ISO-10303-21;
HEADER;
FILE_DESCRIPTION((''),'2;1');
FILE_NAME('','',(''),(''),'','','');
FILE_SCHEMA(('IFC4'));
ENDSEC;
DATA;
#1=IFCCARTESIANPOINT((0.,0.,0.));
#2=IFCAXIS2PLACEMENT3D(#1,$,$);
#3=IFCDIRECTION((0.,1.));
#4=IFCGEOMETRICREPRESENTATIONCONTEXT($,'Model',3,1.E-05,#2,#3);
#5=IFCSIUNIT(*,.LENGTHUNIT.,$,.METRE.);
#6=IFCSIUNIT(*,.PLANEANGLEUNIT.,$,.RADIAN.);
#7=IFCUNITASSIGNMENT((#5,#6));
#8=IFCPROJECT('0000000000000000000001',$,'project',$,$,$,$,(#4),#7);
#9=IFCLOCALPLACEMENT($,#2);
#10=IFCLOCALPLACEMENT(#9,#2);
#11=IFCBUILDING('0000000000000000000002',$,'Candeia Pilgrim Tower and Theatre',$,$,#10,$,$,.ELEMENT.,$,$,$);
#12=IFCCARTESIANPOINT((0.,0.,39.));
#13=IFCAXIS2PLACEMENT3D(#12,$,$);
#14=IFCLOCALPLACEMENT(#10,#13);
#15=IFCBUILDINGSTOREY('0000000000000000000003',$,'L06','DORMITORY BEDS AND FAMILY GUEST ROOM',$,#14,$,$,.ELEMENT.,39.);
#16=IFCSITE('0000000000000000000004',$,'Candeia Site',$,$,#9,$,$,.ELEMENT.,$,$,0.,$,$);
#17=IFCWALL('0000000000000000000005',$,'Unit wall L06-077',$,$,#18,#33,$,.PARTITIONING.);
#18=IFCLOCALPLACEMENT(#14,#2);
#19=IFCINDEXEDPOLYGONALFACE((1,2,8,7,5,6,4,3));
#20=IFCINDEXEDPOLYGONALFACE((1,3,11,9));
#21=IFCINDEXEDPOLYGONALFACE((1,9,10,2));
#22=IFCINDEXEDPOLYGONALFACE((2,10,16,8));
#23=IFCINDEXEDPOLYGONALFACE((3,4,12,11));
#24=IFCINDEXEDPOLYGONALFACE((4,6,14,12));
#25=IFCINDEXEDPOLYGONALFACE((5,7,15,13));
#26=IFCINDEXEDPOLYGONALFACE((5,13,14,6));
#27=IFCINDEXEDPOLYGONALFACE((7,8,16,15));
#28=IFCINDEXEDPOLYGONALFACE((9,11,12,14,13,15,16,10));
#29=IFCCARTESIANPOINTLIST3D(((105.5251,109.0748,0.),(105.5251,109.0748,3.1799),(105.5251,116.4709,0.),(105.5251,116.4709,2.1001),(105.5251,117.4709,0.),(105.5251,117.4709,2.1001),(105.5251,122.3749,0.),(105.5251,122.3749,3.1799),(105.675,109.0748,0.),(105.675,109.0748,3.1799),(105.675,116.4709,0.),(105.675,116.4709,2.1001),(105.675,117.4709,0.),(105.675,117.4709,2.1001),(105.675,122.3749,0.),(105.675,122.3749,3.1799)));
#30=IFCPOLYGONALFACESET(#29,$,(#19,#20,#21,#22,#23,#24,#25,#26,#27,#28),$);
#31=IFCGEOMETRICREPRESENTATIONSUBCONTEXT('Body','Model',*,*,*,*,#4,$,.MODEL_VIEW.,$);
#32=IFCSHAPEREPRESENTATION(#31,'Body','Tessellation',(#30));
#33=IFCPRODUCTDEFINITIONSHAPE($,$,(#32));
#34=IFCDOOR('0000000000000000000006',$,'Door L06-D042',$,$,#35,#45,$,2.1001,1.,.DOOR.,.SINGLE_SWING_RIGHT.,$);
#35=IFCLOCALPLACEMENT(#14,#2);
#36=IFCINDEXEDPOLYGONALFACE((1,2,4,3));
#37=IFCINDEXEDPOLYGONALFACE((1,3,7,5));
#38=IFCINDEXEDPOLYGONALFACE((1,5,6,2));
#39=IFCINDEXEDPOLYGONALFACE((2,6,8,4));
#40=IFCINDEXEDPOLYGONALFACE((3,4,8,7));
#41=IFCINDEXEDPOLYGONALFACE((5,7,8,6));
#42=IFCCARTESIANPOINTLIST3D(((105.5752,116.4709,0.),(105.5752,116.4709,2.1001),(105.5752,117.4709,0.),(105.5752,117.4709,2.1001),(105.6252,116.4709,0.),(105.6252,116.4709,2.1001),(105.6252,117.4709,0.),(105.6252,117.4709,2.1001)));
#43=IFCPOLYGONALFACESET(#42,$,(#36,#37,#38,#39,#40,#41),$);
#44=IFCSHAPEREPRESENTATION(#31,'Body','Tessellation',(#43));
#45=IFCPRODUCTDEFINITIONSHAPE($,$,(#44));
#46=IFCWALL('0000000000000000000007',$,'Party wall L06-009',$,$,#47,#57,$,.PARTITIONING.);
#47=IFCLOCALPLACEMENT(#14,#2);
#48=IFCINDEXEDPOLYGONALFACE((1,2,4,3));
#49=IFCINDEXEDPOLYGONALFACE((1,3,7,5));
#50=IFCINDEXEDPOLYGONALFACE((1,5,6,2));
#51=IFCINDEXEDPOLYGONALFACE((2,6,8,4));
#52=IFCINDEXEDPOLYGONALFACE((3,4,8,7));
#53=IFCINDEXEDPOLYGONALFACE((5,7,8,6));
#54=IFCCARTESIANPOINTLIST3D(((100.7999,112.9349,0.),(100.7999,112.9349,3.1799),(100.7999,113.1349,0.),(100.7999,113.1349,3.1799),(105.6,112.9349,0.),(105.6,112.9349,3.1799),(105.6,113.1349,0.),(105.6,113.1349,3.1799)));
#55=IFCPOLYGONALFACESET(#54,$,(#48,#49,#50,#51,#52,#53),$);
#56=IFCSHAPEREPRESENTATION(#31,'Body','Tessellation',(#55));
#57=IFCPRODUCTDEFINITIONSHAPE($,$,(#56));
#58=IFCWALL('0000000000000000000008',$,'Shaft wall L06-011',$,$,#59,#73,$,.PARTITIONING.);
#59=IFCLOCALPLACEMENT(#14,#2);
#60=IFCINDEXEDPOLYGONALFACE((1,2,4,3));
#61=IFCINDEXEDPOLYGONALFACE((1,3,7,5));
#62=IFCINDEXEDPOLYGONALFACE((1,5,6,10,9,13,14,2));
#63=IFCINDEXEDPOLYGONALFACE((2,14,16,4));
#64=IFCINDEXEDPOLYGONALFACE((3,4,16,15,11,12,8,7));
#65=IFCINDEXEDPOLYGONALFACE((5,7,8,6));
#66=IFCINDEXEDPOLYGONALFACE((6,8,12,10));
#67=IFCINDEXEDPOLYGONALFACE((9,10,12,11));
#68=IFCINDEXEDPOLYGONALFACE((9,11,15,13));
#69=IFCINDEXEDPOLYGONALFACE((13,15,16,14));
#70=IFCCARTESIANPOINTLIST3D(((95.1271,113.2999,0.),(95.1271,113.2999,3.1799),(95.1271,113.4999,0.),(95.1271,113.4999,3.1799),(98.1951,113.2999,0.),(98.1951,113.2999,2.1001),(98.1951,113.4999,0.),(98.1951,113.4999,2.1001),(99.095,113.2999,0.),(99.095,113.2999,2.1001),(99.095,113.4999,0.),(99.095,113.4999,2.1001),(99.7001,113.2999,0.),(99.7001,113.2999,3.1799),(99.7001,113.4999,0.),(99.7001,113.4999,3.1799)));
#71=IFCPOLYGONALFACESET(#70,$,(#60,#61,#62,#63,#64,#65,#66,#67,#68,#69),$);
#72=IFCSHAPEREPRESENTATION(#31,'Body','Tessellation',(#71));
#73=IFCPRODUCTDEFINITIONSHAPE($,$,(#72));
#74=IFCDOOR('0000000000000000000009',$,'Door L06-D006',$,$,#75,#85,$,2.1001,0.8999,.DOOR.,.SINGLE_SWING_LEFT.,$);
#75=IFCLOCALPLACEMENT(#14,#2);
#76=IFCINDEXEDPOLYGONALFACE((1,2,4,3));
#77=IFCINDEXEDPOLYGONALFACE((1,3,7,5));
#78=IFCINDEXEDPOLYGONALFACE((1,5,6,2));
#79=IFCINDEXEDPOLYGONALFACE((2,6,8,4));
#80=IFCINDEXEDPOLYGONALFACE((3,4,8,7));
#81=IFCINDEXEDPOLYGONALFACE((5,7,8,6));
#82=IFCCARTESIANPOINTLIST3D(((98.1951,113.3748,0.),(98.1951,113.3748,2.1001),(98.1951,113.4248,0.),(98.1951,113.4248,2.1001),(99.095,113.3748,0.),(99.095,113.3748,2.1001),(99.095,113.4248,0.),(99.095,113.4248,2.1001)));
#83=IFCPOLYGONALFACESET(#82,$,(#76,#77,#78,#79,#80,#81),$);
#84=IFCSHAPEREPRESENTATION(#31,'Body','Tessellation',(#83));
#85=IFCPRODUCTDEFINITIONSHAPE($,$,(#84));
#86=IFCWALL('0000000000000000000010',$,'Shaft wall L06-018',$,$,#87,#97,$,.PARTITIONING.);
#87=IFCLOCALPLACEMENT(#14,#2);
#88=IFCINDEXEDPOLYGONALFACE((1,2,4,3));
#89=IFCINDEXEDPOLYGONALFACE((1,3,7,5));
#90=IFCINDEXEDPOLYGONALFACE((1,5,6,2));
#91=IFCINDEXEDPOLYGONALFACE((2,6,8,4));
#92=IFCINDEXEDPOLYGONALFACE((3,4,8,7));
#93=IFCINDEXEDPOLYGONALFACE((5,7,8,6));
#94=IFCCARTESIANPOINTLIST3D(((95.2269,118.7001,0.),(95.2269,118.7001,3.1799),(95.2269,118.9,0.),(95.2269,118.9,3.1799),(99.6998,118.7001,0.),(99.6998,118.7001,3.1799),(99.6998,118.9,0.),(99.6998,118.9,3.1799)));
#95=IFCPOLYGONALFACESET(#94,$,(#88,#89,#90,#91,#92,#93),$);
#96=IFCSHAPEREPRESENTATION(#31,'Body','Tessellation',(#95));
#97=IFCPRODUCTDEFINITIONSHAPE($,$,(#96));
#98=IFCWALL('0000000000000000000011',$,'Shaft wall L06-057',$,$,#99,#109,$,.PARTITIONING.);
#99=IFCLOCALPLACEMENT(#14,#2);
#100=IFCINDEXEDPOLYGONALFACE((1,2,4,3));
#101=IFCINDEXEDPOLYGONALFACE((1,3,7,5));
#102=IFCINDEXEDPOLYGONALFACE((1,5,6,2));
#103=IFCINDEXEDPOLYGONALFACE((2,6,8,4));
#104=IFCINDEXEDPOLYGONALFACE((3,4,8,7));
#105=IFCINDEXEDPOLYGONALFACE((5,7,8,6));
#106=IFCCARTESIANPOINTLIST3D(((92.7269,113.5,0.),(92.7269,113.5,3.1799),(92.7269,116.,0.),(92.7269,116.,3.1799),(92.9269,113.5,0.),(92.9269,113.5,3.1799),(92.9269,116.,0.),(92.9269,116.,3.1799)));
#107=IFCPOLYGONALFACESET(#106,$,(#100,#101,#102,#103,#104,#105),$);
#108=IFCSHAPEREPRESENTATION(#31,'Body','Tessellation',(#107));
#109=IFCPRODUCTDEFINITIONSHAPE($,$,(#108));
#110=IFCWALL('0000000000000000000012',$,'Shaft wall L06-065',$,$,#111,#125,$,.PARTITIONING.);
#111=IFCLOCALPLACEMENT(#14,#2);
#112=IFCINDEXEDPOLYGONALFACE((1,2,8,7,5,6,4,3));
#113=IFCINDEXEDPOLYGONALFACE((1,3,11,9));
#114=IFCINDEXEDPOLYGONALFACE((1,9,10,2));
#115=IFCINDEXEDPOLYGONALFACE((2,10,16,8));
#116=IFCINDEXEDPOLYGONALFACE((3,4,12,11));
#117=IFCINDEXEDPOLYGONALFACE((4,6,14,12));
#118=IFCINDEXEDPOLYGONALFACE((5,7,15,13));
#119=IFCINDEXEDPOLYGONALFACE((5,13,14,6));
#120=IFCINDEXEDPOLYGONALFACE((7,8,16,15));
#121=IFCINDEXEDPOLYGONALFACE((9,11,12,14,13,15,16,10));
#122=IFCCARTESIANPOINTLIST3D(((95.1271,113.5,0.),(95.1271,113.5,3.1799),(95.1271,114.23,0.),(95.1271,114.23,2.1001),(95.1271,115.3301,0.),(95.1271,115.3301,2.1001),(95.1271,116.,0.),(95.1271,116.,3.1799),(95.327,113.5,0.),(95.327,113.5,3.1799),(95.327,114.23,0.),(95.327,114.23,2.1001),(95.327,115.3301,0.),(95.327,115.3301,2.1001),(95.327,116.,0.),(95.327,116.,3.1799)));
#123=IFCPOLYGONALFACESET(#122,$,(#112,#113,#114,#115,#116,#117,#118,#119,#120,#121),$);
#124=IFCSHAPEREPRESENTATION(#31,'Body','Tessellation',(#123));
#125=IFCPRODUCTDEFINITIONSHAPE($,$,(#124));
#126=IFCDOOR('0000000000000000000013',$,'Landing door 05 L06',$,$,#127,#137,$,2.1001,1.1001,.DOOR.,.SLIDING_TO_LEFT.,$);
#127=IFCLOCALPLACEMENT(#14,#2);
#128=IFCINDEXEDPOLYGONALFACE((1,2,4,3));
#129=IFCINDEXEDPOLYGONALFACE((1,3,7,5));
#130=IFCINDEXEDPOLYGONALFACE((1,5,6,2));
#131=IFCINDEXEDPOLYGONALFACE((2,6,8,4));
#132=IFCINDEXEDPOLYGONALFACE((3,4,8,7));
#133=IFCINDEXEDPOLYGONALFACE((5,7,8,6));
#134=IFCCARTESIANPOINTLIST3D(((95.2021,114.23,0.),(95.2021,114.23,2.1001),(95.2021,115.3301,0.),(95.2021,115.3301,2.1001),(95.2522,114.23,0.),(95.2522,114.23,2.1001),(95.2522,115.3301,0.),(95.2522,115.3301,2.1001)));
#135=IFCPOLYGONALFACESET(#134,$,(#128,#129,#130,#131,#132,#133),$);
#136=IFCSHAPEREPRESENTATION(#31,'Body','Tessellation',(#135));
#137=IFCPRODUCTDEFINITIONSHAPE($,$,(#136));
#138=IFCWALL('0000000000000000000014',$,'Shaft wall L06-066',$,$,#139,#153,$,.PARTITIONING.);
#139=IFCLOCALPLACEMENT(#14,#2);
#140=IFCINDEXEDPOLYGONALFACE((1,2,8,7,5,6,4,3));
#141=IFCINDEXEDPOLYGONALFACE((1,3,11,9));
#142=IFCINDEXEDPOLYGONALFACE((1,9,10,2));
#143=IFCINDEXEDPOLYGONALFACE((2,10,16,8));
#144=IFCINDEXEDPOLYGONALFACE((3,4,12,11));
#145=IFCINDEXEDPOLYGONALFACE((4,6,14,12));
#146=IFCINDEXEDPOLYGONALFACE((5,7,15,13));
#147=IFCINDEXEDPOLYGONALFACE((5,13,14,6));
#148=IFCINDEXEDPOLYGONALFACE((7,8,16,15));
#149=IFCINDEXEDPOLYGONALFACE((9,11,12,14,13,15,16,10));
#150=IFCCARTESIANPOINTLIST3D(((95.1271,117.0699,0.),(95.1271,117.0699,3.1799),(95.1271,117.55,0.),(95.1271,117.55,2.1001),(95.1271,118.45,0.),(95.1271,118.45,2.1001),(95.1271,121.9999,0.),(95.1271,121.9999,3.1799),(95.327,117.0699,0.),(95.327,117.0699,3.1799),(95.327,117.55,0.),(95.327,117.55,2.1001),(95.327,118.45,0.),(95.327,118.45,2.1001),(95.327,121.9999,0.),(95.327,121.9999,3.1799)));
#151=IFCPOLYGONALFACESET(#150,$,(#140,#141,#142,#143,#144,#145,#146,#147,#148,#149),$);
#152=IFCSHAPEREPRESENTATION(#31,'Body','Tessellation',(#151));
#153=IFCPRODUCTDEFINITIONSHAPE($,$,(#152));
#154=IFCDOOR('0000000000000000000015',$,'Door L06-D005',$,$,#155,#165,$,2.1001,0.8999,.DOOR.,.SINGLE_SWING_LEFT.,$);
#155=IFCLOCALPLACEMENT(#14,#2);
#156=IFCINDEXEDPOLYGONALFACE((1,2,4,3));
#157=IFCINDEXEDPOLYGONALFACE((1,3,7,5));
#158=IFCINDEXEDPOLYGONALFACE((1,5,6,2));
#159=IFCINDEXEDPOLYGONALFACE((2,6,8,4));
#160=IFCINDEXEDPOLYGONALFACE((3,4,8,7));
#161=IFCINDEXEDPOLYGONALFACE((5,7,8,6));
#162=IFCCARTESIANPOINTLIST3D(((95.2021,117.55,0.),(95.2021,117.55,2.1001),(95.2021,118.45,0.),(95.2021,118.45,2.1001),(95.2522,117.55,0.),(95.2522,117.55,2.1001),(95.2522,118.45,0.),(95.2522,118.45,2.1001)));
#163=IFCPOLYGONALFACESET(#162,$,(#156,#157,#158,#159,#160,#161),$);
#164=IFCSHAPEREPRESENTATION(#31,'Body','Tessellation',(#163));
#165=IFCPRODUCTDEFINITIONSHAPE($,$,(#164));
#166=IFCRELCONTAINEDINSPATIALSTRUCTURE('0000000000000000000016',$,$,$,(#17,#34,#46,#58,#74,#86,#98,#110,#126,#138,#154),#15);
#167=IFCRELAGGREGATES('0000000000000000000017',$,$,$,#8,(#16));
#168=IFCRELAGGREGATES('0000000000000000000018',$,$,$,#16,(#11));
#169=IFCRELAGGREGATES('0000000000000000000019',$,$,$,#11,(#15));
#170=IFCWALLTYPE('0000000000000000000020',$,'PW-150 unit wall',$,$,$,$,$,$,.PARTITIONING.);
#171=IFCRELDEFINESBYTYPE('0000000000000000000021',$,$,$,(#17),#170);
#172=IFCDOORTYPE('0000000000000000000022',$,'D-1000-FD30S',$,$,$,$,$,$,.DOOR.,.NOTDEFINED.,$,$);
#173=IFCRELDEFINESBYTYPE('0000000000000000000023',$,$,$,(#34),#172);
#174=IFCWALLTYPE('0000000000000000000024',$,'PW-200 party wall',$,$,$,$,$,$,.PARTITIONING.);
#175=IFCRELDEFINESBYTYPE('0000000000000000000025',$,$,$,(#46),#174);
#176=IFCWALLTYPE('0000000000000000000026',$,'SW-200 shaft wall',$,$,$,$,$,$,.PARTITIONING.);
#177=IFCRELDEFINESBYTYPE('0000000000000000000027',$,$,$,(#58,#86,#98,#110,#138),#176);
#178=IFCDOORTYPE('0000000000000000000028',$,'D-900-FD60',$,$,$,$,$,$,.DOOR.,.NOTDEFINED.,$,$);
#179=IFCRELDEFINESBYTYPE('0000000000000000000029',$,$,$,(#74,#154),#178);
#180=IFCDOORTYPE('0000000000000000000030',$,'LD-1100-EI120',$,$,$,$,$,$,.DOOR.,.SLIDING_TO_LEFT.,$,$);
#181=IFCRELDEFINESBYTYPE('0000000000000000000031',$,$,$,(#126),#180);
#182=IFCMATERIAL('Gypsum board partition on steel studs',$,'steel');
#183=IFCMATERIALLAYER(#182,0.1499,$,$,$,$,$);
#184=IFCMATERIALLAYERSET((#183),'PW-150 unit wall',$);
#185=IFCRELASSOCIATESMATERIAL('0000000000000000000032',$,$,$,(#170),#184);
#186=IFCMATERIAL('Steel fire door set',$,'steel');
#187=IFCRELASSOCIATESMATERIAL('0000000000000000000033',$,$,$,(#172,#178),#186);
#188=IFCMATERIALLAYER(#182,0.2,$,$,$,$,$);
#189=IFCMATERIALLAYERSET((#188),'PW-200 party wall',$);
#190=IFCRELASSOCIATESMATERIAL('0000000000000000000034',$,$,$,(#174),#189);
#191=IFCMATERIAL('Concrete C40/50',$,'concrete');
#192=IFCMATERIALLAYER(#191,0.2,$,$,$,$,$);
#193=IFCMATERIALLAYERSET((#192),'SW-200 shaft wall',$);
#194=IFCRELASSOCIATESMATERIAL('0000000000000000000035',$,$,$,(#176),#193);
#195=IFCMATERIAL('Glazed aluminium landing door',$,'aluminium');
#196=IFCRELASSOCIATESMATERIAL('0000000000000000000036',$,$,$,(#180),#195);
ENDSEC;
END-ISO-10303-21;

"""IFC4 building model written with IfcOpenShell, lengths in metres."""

from ifc_helpers import new_model, si_unit, direction, frame, frame_2d, origin, place, context, subcontext, project, spatial, rectangle, extrude, material, layer, layer_set, type_object, element, fill, save


model = new_model("IFC4")

# Units and contexts
model_context = context("Model", 3, precision=1e-05, world=origin(), true_north=direction((0.0, 1.0)))
body_context = subcontext(model_context, "Body", "Model", "MODEL_VIEW")
ifc_project = project(units=[si_unit("LENGTHUNIT", "METRE"), si_unit("PLANEANGLEUNIT", "RADIAN")], contexts=[model_context])

# Site, building, storey
site_placement = place(None, origin())
site = spatial("IfcSite", under=ifc_project, at=site_placement, Name="Candeia Site", CompositionType="ELEMENT", RefElevation=0.0)
building_placement = place(site_placement, origin())
building = spatial("IfcBuilding", under=site, at=building_placement, Name="Candeia Pilgrim Tower and Theatre", CompositionType="ELEMENT")
storey_placement = place(building_placement, frame((0.0, 0.0, 39.0)))
storey = spatial("IfcBuildingStorey", under=building, at=storey_placement, Name="L06", Description="DORMITORY BEDS AND FAMILY GUEST ROOM", CompositionType="ELEMENT", Elevation=39.0)

# Shared definitions
ifc_material_1 = material(Name="Steel fire door set", Category="steel")

# Shared definitions
ifc_material_2 = material(Name="Gypsum board partition on steel studs", Category="steel")

# Shared definitions
ifc_layer_1 = layer(ifc_material_2, 0.1499)
ifc_layer_set_1 = layer_set([ifc_layer_1], Name="PW-150 unit wall")
wall_type_1 = type_object("IfcWallType", Name="PW-150 unit wall", PredefinedType="PARTITIONING", material=ifc_layer_set_1)
door_type_1 = type_object("IfcDoorType", Name="D-1000-FD30S", OperationType="NOTDEFINED", PredefinedType="DOOR", material=ifc_material_1)

# Wall, opening, door
wall_1_placement = place(storey_placement, frame((105.6001, 109.075, 0.0), z_axis=(0.0, 0.0, 1.0), x_axis=(0.0, 1.0, 0.0)))
wall_1 = element("IfcWall", 1, at=wall_1_placement, inside=storey, type_object=wall_type_1, Name="Unit wall L06-077", PredefinedType="PARTITIONING", context=body_context, shape_type="SweptSolid", body=[
    extrude(rectangle(XDim=13.3, YDim=0.1499, at=frame_2d((6.6499, 0.0))), origin(), (0.0, 0.0, 1.0), 3.1799),
])
opening_1_placement = place(wall_1_placement, frame((7.396, 0.0, 0.0)))
opening_1 = element("IfcOpeningElement", 2, at=opening_1_placement, cuts=wall_1, PredefinedType="OPENING", context=body_context, shape_type="SweptSolid", body=[
    extrude(rectangle(XDim=1.0, YDim=2.1001, at=frame_2d((0.5, 1.05))), frame((0.0, 0.085, 0.0), z_axis=(0.0, -1.0, 0.0), x_axis=(1.0, 0.0, 0.0)), (0.0, 0.0, 1.0), 0.1699),
])
door_1_placement = place(opening_1_placement, origin())
door_1 = element("IfcDoor", 3, at=door_1_placement, inside=storey, type_object=door_type_1, Name="Door L06-D042", OperationType="SINGLE_SWING_RIGHT", OverallHeight=2.1001, OverallWidth=1.0, PredefinedType="DOOR", context=body_context, shape_type="SweptSolid", body=[
    extrude(rectangle(XDim=1.0, YDim=2.1001, at=frame_2d((0.5, 1.05))), frame((0.0, 0.0249, 0.0), z_axis=(0.0, -1.0, 0.0), x_axis=(1.0, 0.0, 0.0)), (0.0, 0.0, 1.0), 0.05),
])
fill(opening_1, door_1)

# Wall
ifc_layer_2 = layer(ifc_material_2, 0.2)
ifc_layer_set_2 = layer_set([ifc_layer_2], Name="PW-200 party wall")
wall_type_2 = type_object("IfcWallType", Name="PW-200 party wall", PredefinedType="PARTITIONING", material=ifc_layer_set_2)
wall_2_placement = place(storey_placement, frame((100.8, 113.0349, 0.0), z_axis=(0.0, 0.0, 1.0), x_axis=(1.0, 0.0, 0.0)))
element("IfcWall", 4, at=wall_2_placement, inside=storey, type_object=wall_type_2, Name="Party wall L06-009", PredefinedType="PARTITIONING", context=body_context, shape_type="SweptSolid", body=[
    extrude(rectangle(XDim=4.8, YDim=0.2, at=frame_2d((2.3999, 0.0))), origin(), (0.0, 0.0, 1.0), 3.1799),
])

# Wall, opening, door
ifc_material_3 = material(Name="Concrete C40/50", Category="concrete")
ifc_layer_3 = layer(ifc_material_3, 0.2)
ifc_layer_set_3 = layer_set([ifc_layer_3], Name="SW-200 shaft wall")
wall_type_3 = type_object("IfcWallType", Name="SW-200 shaft wall", PredefinedType="PARTITIONING", material=ifc_layer_set_3)
wall_3_placement = place(storey_placement, frame((95.127, 113.3999, 0.0), z_axis=(0.0, 0.0, 1.0), x_axis=(1.0, 0.0, 0.0)))
wall_3 = element("IfcWall", 5, at=wall_3_placement, inside=storey, type_object=wall_type_3, Name="Shaft wall L06-011", PredefinedType="PARTITIONING", context=body_context, shape_type="SweptSolid", body=[
    extrude(rectangle(XDim=4.573, YDim=0.2, at=frame_2d((2.2866, 0.0))), origin(), (0.0, 0.0, 1.0), 3.1799),
])
opening_2_placement = place(wall_3_placement, frame((3.0681, 0.0, 0.0)))
opening_2 = element("IfcOpeningElement", 6, at=opening_2_placement, cuts=wall_3, PredefinedType="OPENING", context=body_context, shape_type="SweptSolid", body=[
    extrude(rectangle(XDim=0.8999, YDim=2.1001, at=frame_2d((0.45, 1.05))), frame((0.0, 0.1099, 0.0), z_axis=(0.0, -1.0, 0.0), x_axis=(1.0, 0.0, 0.0)), (0.0, 0.0, 1.0), 0.22),
])
door_type_2 = type_object("IfcDoorType", Name="D-900-FD60", OperationType="NOTDEFINED", PredefinedType="DOOR", material=ifc_material_1)
door_2_placement = place(opening_2_placement, origin())
door_2 = element("IfcDoor", 7, at=door_2_placement, inside=storey, type_object=door_type_2, Name="Door L06-D006", OperationType="SINGLE_SWING_LEFT", OverallHeight=2.1001, OverallWidth=0.8999, PredefinedType="DOOR", context=body_context, shape_type="SweptSolid", body=[
    extrude(rectangle(XDim=0.8999, YDim=2.1001, at=frame_2d((0.45, 1.05))), frame((0.0, 0.0249, 0.0), z_axis=(0.0, -1.0, 0.0), x_axis=(1.0, 0.0, 0.0)), (0.0, 0.0, 1.0), 0.05),
])
fill(opening_2, door_2)

# Walls
wall_4_placement = place(storey_placement, frame((95.2271, 118.8, 0.0), z_axis=(0.0, 0.0, 1.0), x_axis=(1.0, 0.0, 0.0)))
element("IfcWall", 8, at=wall_4_placement, inside=storey, type_object=wall_type_3, Name="Shaft wall L06-018", PredefinedType="PARTITIONING", context=body_context, shape_type="SweptSolid", body=[
    extrude(rectangle(XDim=4.4729, YDim=0.2, at=frame_2d((2.2363, 0.0))), origin(), (0.0, 0.0, 1.0), 3.1799),
])
wall_5_placement = place(storey_placement, frame((92.8269, 113.5, 0.0), z_axis=(0.0, 0.0, 1.0), x_axis=(0.0, 1.0, 0.0)))
element("IfcWall", 9, at=wall_5_placement, inside=storey, type_object=wall_type_3, Name="Shaft wall L06-057", PredefinedType="PARTITIONING", context=body_context, shape_type="SweptSolid", body=[
    extrude(rectangle(XDim=2.5, YDim=0.2, at=frame_2d((1.25, 0.0))), origin(), (0.0, 0.0, 1.0), 3.1799),
])

# Walls, openings, doors
wall_6_placement = place(storey_placement, frame((95.2271, 113.5, 0.0), z_axis=(0.0, 0.0, 1.0), x_axis=(0.0, 1.0, 0.0)))
wall_6 = element("IfcWall", 10, at=wall_6_placement, inside=storey, type_object=wall_type_3, Name="Shaft wall L06-065", PredefinedType="PARTITIONING", context=body_context, shape_type="SweptSolid", body=[
    extrude(rectangle(XDim=2.5, YDim=0.2, at=frame_2d((1.25, 0.0))), origin(), (0.0, 0.0, 1.0), 3.1799),
])
opening_3_placement = place(wall_6_placement, frame((0.73, 0.0, 0.0)))
opening_3 = element("IfcOpeningElement", 11, at=opening_3_placement, cuts=wall_6, PredefinedType="OPENING", context=body_context, shape_type="SweptSolid", body=[
    extrude(rectangle(XDim=1.1001, YDim=2.1001, at=frame_2d((0.55, 1.05))), frame((0.0, 0.1099, 0.0), z_axis=(0.0, -1.0, 0.0), x_axis=(1.0, 0.0, 0.0)), (0.0, 0.0, 1.0), 0.22),
])
ifc_material_4 = material(Name="Glazed aluminium landing door", Category="aluminium")
door_type_3 = type_object("IfcDoorType", Name="LD-1100-EI120", OperationType="SLIDING_TO_LEFT", PredefinedType="DOOR", material=ifc_material_4)
door_3_placement = place(opening_3_placement, origin())
door_3 = element("IfcDoor", 12, at=door_3_placement, inside=storey, type_object=door_type_3, Name="Landing door 05 L06", OperationType="SLIDING_TO_LEFT", OverallHeight=2.1001, OverallWidth=1.1001, PredefinedType="DOOR", context=body_context, shape_type="SweptSolid", body=[
    extrude(rectangle(XDim=1.1001, YDim=2.1001, at=frame_2d((0.55, 1.05))), frame((0.0, 0.0249, 0.0), z_axis=(0.0, -1.0, 0.0), x_axis=(1.0, 0.0, 0.0)), (0.0, 0.0, 1.0), 0.05),
])
fill(opening_3, door_3)
wall_7_placement = place(storey_placement, frame((95.2271, 117.0701, 0.0), z_axis=(0.0, 0.0, 1.0), x_axis=(0.0, 1.0, 0.0)))
wall_7 = element("IfcWall", 13, at=wall_7_placement, inside=storey, type_object=wall_type_3, Name="Shaft wall L06-066", PredefinedType="PARTITIONING", context=body_context, shape_type="SweptSolid", body=[
    extrude(rectangle(XDim=4.9299, YDim=0.2, at=frame_2d((2.4648, 0.0))), origin(), (0.0, 0.0, 1.0), 3.1799),
])
opening_4_placement = place(wall_7_placement, frame((0.48, 0.0, 0.0)))
opening_4 = element("IfcOpeningElement", 14, at=opening_4_placement, cuts=wall_7, PredefinedType="OPENING", context=body_context, shape_type="SweptSolid", body=[
    extrude(rectangle(XDim=0.8999, YDim=2.1001, at=frame_2d((0.45, 1.05))), frame((0.0, 0.1099, 0.0), z_axis=(0.0, -1.0, 0.0), x_axis=(1.0, 0.0, 0.0)), (0.0, 0.0, 1.0), 0.22),
])
door_4_placement = place(opening_4_placement, origin())
door_4 = element("IfcDoor", 15, at=door_4_placement, inside=storey, type_object=door_type_2, Name="Door L06-D005", OperationType="SINGLE_SWING_LEFT", OverallHeight=2.1001, OverallWidth=0.8999, PredefinedType="DOOR", context=body_context, shape_type="SweptSolid", body=[
    extrude(rectangle(XDim=0.8999, YDim=2.1001, at=frame_2d((0.45, 1.05))), frame((0.0, 0.0249, 0.0), z_axis=(0.0, -1.0, 0.0), x_axis=(1.0, 0.0, 0.0)), (0.0, 0.0, 1.0), 0.05),
])
fill(opening_4, door_4)

save(model, "model.ifc")
